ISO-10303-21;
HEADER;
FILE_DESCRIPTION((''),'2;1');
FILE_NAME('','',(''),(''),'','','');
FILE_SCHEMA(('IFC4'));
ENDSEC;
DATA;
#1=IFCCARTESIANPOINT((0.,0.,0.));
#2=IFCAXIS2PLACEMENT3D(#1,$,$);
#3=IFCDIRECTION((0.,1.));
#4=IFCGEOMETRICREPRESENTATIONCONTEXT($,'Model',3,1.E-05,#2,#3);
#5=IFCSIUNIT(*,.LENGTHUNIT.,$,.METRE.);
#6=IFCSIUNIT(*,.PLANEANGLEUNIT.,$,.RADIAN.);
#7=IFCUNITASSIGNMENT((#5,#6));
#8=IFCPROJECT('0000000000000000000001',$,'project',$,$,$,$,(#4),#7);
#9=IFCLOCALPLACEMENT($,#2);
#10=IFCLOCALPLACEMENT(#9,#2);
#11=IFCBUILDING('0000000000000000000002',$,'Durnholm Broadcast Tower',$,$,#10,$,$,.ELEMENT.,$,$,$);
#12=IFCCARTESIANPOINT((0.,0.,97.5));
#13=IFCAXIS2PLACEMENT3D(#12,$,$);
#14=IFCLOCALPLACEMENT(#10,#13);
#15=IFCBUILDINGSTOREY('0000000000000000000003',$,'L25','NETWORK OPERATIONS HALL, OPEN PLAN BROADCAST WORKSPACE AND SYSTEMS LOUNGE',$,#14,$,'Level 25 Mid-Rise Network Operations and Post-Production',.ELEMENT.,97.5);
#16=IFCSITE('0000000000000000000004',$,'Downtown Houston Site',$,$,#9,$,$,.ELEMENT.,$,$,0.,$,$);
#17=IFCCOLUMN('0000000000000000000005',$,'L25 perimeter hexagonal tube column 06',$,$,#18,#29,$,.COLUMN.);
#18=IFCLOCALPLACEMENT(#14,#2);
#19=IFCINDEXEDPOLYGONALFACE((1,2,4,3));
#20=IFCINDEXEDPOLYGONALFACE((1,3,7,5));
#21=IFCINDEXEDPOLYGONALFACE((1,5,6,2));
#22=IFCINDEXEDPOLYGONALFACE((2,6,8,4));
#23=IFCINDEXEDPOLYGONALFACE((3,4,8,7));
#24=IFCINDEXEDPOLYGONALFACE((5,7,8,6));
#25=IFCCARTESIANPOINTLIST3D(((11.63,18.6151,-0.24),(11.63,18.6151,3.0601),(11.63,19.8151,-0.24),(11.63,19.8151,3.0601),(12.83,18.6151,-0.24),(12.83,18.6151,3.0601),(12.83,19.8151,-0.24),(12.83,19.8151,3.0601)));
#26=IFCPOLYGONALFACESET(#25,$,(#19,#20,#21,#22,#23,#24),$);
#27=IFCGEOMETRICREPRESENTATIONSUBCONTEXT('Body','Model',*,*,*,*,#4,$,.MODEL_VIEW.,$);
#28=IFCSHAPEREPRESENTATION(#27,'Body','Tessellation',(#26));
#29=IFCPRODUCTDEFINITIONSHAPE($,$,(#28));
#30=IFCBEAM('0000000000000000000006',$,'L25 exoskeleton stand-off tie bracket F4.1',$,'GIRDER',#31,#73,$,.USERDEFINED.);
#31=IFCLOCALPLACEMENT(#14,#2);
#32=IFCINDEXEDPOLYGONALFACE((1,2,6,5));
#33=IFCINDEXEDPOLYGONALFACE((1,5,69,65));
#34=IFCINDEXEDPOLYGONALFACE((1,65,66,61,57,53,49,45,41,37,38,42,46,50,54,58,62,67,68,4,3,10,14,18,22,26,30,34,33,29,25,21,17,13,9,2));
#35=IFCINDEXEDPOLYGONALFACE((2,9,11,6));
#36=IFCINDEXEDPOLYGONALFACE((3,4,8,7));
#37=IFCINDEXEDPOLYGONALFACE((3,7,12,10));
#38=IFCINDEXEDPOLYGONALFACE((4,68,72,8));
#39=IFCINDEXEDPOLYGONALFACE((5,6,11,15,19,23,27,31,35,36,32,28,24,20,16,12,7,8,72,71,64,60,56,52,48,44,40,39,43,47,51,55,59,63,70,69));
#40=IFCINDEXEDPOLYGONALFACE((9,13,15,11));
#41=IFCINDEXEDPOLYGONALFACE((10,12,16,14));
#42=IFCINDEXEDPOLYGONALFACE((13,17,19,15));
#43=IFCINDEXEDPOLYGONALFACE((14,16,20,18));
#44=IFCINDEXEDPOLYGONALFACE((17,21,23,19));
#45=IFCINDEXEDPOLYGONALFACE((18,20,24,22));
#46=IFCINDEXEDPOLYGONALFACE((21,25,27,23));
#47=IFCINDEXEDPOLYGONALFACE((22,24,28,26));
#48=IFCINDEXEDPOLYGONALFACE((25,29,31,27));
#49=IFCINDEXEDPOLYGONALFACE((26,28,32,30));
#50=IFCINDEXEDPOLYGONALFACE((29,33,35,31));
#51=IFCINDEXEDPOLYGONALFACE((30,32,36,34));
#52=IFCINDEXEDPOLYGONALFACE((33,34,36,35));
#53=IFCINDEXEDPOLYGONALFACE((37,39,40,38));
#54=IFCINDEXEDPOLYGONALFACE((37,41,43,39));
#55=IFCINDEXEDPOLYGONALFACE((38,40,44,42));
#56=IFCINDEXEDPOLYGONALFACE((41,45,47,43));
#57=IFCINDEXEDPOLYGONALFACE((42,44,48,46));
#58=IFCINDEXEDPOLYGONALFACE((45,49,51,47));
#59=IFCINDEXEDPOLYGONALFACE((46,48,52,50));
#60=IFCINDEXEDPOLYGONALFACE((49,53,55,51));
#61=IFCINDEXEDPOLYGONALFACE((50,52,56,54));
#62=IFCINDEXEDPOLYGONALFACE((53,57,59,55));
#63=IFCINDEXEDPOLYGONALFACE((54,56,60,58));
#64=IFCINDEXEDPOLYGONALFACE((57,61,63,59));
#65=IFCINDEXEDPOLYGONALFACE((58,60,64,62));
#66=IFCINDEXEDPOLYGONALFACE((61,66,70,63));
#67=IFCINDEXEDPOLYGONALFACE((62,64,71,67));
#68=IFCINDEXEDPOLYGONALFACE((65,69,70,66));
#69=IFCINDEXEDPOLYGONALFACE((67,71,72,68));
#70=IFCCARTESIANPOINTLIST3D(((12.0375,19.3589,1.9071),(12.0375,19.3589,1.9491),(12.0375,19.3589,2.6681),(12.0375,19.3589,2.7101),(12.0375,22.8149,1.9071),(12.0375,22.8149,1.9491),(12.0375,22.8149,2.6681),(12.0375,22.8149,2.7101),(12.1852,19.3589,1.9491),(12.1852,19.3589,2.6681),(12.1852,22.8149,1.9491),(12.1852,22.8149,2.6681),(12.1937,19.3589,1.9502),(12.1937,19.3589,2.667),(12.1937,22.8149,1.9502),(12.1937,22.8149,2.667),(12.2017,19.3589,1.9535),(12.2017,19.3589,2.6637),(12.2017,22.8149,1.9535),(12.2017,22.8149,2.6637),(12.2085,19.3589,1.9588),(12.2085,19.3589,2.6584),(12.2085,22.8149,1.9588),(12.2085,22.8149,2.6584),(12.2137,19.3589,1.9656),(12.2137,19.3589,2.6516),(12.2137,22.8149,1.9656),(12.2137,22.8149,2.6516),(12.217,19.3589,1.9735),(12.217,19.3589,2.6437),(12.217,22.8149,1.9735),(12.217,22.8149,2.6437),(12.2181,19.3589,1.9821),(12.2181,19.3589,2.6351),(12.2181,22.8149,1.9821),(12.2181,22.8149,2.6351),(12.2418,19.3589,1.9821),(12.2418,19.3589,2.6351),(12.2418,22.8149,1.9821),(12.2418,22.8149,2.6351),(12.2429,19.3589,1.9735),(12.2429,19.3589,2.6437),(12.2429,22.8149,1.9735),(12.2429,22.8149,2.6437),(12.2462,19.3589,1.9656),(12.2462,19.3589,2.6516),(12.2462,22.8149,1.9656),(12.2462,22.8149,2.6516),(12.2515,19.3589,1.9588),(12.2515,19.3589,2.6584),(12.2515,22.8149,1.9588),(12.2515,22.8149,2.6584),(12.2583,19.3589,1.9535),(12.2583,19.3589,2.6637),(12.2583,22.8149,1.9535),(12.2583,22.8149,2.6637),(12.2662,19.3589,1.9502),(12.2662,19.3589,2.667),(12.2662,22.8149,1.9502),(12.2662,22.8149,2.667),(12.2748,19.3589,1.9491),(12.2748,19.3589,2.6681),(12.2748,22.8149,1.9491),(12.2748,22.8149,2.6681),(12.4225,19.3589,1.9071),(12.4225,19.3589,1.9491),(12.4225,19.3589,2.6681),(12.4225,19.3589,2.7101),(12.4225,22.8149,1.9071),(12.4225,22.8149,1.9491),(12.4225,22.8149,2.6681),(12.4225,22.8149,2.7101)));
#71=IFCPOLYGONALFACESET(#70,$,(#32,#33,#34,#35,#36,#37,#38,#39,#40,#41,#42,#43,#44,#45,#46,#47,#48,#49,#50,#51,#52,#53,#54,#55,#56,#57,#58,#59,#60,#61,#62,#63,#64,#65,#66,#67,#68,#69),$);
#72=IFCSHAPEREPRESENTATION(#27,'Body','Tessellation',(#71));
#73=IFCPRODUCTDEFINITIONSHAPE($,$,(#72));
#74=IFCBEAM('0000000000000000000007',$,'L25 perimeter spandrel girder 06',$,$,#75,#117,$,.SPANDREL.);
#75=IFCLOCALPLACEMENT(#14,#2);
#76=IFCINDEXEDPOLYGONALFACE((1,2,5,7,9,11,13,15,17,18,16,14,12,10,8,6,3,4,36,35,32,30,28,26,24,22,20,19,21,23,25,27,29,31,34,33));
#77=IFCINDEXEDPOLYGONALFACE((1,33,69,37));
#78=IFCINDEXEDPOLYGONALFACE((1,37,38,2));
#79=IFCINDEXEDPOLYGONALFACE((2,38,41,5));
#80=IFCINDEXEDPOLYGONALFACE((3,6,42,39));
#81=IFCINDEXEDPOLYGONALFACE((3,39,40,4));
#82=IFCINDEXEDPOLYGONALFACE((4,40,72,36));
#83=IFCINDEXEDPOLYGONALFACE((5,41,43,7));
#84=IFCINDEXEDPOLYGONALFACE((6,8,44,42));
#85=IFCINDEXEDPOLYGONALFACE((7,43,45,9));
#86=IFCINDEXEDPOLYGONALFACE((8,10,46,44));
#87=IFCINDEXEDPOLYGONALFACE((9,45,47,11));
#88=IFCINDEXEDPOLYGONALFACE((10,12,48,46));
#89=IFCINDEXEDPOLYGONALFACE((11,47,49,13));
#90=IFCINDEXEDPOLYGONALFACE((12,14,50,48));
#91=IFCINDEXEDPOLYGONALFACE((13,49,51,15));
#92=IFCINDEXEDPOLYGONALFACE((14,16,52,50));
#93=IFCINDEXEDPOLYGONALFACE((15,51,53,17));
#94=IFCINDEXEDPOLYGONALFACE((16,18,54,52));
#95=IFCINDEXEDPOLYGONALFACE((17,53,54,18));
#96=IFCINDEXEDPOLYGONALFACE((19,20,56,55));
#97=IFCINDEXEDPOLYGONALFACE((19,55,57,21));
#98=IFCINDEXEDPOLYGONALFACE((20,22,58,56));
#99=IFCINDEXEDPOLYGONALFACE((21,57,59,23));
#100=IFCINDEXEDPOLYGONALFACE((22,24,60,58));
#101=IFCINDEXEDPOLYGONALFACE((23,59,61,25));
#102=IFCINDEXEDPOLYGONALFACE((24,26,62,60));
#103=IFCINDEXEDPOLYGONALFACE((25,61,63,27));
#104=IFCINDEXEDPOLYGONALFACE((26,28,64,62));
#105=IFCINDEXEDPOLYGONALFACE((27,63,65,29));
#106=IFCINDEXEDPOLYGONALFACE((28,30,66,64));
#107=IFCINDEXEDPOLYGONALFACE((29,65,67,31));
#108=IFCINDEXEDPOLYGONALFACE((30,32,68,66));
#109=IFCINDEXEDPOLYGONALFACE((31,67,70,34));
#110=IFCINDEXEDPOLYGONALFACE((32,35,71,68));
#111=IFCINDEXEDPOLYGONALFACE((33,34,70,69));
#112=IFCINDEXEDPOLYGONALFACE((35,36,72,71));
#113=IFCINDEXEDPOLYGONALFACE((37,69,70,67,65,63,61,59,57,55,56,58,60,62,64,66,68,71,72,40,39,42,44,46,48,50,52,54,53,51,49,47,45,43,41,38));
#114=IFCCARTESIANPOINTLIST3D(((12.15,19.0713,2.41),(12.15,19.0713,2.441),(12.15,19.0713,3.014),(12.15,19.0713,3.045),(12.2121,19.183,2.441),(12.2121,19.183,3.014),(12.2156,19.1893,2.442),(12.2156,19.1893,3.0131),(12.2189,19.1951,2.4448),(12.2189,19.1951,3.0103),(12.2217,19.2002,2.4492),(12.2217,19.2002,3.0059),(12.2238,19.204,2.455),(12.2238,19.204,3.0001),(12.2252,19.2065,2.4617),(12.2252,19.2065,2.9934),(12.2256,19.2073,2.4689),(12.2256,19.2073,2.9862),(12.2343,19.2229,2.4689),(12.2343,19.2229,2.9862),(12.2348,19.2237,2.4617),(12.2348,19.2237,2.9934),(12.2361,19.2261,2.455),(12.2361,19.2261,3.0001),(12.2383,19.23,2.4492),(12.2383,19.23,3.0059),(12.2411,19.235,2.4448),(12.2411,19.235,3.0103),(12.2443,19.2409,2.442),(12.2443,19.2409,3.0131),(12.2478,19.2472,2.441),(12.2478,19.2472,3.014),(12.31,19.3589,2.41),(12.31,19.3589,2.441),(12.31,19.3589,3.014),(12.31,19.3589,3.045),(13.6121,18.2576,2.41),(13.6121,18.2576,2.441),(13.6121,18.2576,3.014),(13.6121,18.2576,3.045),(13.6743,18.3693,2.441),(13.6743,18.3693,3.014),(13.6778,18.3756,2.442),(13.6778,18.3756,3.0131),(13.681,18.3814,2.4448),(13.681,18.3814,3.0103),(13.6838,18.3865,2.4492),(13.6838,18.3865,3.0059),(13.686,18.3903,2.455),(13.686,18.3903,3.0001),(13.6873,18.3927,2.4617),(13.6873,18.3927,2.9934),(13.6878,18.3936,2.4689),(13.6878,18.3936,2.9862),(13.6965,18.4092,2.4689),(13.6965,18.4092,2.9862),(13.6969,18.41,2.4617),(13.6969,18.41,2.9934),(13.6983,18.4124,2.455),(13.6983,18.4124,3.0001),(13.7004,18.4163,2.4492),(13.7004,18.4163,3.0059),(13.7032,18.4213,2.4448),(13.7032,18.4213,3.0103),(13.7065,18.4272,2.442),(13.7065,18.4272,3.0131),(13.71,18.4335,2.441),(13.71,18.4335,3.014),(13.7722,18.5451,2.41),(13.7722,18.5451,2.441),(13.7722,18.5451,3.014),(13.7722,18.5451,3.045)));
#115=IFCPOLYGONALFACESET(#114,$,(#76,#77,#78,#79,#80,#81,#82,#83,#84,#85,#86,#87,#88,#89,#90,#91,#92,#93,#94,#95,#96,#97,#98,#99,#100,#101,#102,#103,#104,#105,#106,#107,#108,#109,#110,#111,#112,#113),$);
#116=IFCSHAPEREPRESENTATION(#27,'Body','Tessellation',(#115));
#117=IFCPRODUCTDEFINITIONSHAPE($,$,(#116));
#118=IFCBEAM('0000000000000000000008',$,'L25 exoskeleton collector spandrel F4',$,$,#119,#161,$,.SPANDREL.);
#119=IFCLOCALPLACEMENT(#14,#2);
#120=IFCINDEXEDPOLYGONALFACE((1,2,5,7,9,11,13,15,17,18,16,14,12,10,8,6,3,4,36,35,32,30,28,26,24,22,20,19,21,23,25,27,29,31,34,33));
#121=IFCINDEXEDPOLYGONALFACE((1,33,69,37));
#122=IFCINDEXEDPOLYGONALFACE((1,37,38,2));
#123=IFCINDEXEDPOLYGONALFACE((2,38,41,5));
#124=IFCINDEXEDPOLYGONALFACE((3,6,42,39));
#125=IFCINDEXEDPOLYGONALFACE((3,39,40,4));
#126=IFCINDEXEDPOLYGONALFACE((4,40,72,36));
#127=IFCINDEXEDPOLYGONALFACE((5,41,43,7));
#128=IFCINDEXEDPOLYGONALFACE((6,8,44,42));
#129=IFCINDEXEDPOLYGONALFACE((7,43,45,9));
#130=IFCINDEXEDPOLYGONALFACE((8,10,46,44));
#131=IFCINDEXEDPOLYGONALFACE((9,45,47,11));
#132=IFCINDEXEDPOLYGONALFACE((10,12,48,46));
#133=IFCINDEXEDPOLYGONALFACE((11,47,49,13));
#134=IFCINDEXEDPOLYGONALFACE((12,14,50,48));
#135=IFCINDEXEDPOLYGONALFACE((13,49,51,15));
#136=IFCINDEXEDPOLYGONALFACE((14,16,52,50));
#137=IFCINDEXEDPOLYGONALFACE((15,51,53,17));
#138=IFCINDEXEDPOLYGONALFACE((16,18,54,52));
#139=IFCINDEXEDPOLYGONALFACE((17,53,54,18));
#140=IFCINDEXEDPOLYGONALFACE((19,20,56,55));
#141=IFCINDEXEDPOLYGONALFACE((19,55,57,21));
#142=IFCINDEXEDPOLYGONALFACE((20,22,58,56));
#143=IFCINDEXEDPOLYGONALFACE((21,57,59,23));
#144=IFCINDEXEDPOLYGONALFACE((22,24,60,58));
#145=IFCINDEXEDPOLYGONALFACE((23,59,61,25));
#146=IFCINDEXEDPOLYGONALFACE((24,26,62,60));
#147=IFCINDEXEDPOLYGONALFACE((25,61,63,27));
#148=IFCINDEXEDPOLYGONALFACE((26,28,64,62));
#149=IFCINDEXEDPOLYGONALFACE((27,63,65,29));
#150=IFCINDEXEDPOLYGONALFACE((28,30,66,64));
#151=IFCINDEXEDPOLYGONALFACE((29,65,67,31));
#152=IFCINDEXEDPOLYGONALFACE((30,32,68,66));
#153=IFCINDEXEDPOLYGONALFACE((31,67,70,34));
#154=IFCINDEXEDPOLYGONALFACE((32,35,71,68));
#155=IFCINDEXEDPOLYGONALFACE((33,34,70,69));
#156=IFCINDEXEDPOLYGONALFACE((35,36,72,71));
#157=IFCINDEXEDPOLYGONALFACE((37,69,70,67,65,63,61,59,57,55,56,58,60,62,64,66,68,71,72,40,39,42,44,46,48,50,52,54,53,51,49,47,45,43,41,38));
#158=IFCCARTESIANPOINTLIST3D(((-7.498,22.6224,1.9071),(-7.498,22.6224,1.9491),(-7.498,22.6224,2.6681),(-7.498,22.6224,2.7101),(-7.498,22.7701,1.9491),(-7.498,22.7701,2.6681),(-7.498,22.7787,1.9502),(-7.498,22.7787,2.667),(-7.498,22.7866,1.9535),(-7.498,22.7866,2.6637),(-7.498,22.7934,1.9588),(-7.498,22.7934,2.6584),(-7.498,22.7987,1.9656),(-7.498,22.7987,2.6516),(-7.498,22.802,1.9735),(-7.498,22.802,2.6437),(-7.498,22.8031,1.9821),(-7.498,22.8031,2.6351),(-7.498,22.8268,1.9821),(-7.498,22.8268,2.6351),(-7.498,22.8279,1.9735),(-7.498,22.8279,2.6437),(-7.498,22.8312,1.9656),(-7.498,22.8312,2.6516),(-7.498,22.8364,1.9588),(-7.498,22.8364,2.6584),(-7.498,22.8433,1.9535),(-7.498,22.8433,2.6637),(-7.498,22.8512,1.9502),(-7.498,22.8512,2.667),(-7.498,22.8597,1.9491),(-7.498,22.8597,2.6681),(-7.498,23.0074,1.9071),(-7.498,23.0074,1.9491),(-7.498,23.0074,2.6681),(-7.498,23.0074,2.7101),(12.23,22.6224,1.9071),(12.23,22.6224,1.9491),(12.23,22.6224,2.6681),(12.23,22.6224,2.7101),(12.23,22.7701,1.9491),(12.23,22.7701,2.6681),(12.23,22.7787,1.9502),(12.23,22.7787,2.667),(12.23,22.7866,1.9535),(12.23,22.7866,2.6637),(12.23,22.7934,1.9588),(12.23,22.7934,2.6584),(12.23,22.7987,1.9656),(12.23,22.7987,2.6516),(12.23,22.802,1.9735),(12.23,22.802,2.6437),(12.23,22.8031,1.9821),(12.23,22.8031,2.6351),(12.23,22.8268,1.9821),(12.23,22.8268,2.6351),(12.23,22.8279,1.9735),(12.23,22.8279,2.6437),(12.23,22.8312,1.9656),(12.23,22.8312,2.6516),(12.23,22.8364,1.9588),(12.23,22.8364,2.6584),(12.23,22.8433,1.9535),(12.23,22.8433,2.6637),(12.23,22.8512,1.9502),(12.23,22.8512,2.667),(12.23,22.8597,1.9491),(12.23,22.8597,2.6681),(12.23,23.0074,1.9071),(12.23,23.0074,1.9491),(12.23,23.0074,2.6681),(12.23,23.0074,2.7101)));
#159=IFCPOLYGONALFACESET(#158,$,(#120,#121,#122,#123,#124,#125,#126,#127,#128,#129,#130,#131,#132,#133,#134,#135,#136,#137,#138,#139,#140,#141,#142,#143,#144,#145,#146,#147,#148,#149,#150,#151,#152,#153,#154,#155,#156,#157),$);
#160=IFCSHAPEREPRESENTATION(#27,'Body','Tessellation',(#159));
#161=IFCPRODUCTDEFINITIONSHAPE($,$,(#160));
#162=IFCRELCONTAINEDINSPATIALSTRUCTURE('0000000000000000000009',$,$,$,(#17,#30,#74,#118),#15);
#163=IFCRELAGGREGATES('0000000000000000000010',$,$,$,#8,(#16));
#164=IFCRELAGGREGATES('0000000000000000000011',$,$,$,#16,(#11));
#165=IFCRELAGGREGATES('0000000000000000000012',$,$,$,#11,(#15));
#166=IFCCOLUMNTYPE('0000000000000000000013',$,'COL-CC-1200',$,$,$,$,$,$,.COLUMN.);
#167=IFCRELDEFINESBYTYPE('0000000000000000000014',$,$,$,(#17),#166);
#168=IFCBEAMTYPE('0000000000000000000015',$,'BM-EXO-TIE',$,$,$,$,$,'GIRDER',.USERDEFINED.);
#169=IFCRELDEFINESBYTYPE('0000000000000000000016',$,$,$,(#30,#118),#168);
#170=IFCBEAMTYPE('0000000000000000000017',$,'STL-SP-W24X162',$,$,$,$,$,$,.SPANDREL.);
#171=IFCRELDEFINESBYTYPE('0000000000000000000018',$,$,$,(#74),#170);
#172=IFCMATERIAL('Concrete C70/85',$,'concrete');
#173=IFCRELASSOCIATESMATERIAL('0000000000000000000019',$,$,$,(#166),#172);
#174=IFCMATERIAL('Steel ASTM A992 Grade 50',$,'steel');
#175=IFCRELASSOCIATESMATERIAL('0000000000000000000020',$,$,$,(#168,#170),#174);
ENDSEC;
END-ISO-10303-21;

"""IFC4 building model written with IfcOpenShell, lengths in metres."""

from ifc_helpers import new_model, si_unit, direction, frame, origin, origin_2d, place, context, subcontext, project, spatial, rectangle, i_section, extrude, source, transform, mapped, material, material_profile, profile_set, type_object, type_shapes, element, save


model = new_model("IFC4")

# Units and contexts
model_context = context("Model", 3, precision=1e-05, world=origin(), true_north=direction((0.0, 1.0)))
body_context = subcontext(model_context, "Body", "Model", "MODEL_VIEW")
ifc_project = project(units=[si_unit("LENGTHUNIT", "METRE"), si_unit("PLANEANGLEUNIT", "RADIAN")], contexts=[model_context])

# Site, building, storey
site_placement = place(None, origin())
site = spatial("IfcSite", under=ifc_project, at=site_placement, Name="Downtown Houston Site", CompositionType="ELEMENT", RefElevation=0.0)
building_placement = place(site_placement, origin())
building = spatial("IfcBuilding", under=site, at=building_placement, Name="Durnholm Broadcast Tower", CompositionType="ELEMENT")
storey_placement = place(building_placement, frame((0.0, 0.0, 97.5)))
storey = spatial("IfcBuildingStorey", under=building, at=storey_placement, Name="L25", Description="NETWORK OPERATIONS HALL, OPEN PLAN BROADCAST WORKSPACE AND SYSTEMS LOUNGE", LongName="Level 25 Mid-Rise Network Operations and Post-Production", CompositionType="ELEMENT", Elevation=97.5)

# Column
ifc_material_1 = material(Name="Concrete C70/85", Category="concrete")
ifc_material_profile_1 = material_profile(ifc_material_1, rectangle(XDim=1.2, YDim=1.2, at=origin_2d()), Name="RC1200X1200")
ifc_profile_set_1 = profile_set([ifc_material_profile_1], Name="Concrete C70/85")
column_type = type_object("IfcColumnType", Name="COL-CC-1200", PredefinedType="COLUMN", material=ifc_profile_set_1)
shared_shape_1 = source(origin(), body_context, "Body", "SweptSolid", [
    extrude(rectangle(XDim=1.2, YDim=1.2, at=origin_2d()), origin(), (0.0, 0.0, 1.0), 3.3),
])
type_shapes(column_type, [shared_shape_1])
column_placement = place(storey_placement, frame((12.23, 19.2151, -0.24), z_axis=(0.0, 0.0, 1.0), x_axis=(1.0, 0.0, 0.0)))
element("IfcColumn", 1, at=column_placement, inside=storey, type_object=column_type, Name="L25 perimeter hexagonal tube column 06", PredefinedType="COLUMN", context=body_context, shape_type="MappedRepresentation", body=[
    mapped(shared_shape_1, transform((0.0, 0.0, 0.0), x_axis=(1.0, 0.0, 0.0), y_axis=(0.0, 1.0, 0.0), z_axis=(0.0, 0.0, 1.0), scale=1.0)),
])

# Beams
ifc_material_2 = material(Name="Steel ASTM A992 Grade 50", Category="steel")
ifc_material_profile_2 = material_profile(ifc_material_2, i_section(OverallWidth=0.385, OverallDepth=0.803, WebThickness=0.0237, FlangeThickness=0.042, FilletRadius=0.033, at=origin_2d()), Name="W30X261")
ifc_profile_set_2 = profile_set([ifc_material_profile_2], Name="Steel ASTM A992 Grade 50")
beam_type_1 = type_object("IfcBeamType", Name="BM-EXO-TIE", ElementType="GIRDER", PredefinedType="USERDEFINED", material=ifc_profile_set_2)
shared_shape_2 = source(origin(), body_context, "Body", "SweptSolid", [
    extrude(i_section(OverallWidth=0.385, OverallDepth=0.803, WebThickness=0.0237, FlangeThickness=0.042, FilletRadius=0.033, at=origin_2d()), origin(), (0.0, 0.0, 1.0), 3.4561),
])
beam_1_placement = place(storey_placement, frame((12.23, 19.3589, 2.3086), z_axis=(0.0, 1.0, 0.0), x_axis=(-1.0, 0.0, 0.0)))
element("IfcBeam", 2, at=beam_1_placement, inside=storey, type_object=beam_type_1, Name="L25 exoskeleton stand-off tie bracket F4.1", ObjectType="GIRDER", PredefinedType="USERDEFINED", context=body_context, shape_type="MappedRepresentation", body=[
    mapped(shared_shape_2, transform((0.0, 0.0, 0.0), x_axis=(1.0, 0.0, 0.0), y_axis=(0.0, 1.0, 0.0), z_axis=(0.0, 0.0, 1.0), scale=1.0)),
])
ifc_material_profile_3 = material_profile(ifc_material_2, i_section(OverallWidth=0.3291, OverallDepth=0.635, WebThickness=0.0178, FlangeThickness=0.031, FilletRadius=0.0278, at=origin_2d()), Name="W24X162")
ifc_profile_set_3 = profile_set([ifc_material_profile_3], Name="Steel ASTM A992 Grade 50")
beam_type_2 = type_object("IfcBeamType", Name="STL-SP-W24X162", PredefinedType="SPANDREL", material=ifc_profile_set_3)
shared_shape_3 = source(origin(), body_context, "Body", "SweptSolid", [
    extrude(i_section(OverallWidth=0.3291, OverallDepth=0.635, WebThickness=0.0178, FlangeThickness=0.031, FilletRadius=0.0278, at=origin_2d()), origin(), (0.0, 0.0, 1.0), 1.6733),
])
type_shapes(beam_type_2, [shared_shape_3])
beam_2_placement = place(storey_placement, frame((12.23, 19.2151, 2.7275), z_axis=(0.873799, -0.486287, 0.0), x_axis=(0.486287, 0.873799, 0.0)))
element("IfcBeam", 3, at=beam_2_placement, inside=storey, type_object=beam_type_2, Name="L25 perimeter spandrel girder 06", PredefinedType="SPANDREL", context=body_context, shape_type="MappedRepresentation", body=[
    mapped(shared_shape_3, transform((0.0, 0.0, 0.0), x_axis=(1.0, 0.0, 0.0), y_axis=(0.0, 1.0, 0.0), z_axis=(0.0, 0.0, 1.0), scale=1.0)),
])
shared_shape_4 = source(origin(), body_context, "Body", "SweptSolid", [
    extrude(i_section(OverallWidth=0.385, OverallDepth=0.803, WebThickness=0.0237, FlangeThickness=0.042, FilletRadius=0.033, at=origin_2d()), origin(), (0.0, 0.0, 1.0), 19.728),
])
type_shapes(beam_type_1, [shared_shape_2, shared_shape_4])
beam_3_placement = place(storey_placement, frame((12.23, 22.8149, 2.3086), z_axis=(-1.0, 0.0, 0.0), x_axis=(0.0, -1.0, 0.0)))
element("IfcBeam", 4, at=beam_3_placement, inside=storey, type_object=beam_type_1, Name="L25 exoskeleton collector spandrel F4", PredefinedType="SPANDREL", context=body_context, shape_type="MappedRepresentation", body=[
    mapped(shared_shape_4, transform((0.0, 0.0, 0.0), x_axis=(1.0, 0.0, 0.0), y_axis=(0.0, 1.0, 0.0), z_axis=(0.0, 0.0, 1.0), scale=1.0)),
])

save(model, "model.ifc")
